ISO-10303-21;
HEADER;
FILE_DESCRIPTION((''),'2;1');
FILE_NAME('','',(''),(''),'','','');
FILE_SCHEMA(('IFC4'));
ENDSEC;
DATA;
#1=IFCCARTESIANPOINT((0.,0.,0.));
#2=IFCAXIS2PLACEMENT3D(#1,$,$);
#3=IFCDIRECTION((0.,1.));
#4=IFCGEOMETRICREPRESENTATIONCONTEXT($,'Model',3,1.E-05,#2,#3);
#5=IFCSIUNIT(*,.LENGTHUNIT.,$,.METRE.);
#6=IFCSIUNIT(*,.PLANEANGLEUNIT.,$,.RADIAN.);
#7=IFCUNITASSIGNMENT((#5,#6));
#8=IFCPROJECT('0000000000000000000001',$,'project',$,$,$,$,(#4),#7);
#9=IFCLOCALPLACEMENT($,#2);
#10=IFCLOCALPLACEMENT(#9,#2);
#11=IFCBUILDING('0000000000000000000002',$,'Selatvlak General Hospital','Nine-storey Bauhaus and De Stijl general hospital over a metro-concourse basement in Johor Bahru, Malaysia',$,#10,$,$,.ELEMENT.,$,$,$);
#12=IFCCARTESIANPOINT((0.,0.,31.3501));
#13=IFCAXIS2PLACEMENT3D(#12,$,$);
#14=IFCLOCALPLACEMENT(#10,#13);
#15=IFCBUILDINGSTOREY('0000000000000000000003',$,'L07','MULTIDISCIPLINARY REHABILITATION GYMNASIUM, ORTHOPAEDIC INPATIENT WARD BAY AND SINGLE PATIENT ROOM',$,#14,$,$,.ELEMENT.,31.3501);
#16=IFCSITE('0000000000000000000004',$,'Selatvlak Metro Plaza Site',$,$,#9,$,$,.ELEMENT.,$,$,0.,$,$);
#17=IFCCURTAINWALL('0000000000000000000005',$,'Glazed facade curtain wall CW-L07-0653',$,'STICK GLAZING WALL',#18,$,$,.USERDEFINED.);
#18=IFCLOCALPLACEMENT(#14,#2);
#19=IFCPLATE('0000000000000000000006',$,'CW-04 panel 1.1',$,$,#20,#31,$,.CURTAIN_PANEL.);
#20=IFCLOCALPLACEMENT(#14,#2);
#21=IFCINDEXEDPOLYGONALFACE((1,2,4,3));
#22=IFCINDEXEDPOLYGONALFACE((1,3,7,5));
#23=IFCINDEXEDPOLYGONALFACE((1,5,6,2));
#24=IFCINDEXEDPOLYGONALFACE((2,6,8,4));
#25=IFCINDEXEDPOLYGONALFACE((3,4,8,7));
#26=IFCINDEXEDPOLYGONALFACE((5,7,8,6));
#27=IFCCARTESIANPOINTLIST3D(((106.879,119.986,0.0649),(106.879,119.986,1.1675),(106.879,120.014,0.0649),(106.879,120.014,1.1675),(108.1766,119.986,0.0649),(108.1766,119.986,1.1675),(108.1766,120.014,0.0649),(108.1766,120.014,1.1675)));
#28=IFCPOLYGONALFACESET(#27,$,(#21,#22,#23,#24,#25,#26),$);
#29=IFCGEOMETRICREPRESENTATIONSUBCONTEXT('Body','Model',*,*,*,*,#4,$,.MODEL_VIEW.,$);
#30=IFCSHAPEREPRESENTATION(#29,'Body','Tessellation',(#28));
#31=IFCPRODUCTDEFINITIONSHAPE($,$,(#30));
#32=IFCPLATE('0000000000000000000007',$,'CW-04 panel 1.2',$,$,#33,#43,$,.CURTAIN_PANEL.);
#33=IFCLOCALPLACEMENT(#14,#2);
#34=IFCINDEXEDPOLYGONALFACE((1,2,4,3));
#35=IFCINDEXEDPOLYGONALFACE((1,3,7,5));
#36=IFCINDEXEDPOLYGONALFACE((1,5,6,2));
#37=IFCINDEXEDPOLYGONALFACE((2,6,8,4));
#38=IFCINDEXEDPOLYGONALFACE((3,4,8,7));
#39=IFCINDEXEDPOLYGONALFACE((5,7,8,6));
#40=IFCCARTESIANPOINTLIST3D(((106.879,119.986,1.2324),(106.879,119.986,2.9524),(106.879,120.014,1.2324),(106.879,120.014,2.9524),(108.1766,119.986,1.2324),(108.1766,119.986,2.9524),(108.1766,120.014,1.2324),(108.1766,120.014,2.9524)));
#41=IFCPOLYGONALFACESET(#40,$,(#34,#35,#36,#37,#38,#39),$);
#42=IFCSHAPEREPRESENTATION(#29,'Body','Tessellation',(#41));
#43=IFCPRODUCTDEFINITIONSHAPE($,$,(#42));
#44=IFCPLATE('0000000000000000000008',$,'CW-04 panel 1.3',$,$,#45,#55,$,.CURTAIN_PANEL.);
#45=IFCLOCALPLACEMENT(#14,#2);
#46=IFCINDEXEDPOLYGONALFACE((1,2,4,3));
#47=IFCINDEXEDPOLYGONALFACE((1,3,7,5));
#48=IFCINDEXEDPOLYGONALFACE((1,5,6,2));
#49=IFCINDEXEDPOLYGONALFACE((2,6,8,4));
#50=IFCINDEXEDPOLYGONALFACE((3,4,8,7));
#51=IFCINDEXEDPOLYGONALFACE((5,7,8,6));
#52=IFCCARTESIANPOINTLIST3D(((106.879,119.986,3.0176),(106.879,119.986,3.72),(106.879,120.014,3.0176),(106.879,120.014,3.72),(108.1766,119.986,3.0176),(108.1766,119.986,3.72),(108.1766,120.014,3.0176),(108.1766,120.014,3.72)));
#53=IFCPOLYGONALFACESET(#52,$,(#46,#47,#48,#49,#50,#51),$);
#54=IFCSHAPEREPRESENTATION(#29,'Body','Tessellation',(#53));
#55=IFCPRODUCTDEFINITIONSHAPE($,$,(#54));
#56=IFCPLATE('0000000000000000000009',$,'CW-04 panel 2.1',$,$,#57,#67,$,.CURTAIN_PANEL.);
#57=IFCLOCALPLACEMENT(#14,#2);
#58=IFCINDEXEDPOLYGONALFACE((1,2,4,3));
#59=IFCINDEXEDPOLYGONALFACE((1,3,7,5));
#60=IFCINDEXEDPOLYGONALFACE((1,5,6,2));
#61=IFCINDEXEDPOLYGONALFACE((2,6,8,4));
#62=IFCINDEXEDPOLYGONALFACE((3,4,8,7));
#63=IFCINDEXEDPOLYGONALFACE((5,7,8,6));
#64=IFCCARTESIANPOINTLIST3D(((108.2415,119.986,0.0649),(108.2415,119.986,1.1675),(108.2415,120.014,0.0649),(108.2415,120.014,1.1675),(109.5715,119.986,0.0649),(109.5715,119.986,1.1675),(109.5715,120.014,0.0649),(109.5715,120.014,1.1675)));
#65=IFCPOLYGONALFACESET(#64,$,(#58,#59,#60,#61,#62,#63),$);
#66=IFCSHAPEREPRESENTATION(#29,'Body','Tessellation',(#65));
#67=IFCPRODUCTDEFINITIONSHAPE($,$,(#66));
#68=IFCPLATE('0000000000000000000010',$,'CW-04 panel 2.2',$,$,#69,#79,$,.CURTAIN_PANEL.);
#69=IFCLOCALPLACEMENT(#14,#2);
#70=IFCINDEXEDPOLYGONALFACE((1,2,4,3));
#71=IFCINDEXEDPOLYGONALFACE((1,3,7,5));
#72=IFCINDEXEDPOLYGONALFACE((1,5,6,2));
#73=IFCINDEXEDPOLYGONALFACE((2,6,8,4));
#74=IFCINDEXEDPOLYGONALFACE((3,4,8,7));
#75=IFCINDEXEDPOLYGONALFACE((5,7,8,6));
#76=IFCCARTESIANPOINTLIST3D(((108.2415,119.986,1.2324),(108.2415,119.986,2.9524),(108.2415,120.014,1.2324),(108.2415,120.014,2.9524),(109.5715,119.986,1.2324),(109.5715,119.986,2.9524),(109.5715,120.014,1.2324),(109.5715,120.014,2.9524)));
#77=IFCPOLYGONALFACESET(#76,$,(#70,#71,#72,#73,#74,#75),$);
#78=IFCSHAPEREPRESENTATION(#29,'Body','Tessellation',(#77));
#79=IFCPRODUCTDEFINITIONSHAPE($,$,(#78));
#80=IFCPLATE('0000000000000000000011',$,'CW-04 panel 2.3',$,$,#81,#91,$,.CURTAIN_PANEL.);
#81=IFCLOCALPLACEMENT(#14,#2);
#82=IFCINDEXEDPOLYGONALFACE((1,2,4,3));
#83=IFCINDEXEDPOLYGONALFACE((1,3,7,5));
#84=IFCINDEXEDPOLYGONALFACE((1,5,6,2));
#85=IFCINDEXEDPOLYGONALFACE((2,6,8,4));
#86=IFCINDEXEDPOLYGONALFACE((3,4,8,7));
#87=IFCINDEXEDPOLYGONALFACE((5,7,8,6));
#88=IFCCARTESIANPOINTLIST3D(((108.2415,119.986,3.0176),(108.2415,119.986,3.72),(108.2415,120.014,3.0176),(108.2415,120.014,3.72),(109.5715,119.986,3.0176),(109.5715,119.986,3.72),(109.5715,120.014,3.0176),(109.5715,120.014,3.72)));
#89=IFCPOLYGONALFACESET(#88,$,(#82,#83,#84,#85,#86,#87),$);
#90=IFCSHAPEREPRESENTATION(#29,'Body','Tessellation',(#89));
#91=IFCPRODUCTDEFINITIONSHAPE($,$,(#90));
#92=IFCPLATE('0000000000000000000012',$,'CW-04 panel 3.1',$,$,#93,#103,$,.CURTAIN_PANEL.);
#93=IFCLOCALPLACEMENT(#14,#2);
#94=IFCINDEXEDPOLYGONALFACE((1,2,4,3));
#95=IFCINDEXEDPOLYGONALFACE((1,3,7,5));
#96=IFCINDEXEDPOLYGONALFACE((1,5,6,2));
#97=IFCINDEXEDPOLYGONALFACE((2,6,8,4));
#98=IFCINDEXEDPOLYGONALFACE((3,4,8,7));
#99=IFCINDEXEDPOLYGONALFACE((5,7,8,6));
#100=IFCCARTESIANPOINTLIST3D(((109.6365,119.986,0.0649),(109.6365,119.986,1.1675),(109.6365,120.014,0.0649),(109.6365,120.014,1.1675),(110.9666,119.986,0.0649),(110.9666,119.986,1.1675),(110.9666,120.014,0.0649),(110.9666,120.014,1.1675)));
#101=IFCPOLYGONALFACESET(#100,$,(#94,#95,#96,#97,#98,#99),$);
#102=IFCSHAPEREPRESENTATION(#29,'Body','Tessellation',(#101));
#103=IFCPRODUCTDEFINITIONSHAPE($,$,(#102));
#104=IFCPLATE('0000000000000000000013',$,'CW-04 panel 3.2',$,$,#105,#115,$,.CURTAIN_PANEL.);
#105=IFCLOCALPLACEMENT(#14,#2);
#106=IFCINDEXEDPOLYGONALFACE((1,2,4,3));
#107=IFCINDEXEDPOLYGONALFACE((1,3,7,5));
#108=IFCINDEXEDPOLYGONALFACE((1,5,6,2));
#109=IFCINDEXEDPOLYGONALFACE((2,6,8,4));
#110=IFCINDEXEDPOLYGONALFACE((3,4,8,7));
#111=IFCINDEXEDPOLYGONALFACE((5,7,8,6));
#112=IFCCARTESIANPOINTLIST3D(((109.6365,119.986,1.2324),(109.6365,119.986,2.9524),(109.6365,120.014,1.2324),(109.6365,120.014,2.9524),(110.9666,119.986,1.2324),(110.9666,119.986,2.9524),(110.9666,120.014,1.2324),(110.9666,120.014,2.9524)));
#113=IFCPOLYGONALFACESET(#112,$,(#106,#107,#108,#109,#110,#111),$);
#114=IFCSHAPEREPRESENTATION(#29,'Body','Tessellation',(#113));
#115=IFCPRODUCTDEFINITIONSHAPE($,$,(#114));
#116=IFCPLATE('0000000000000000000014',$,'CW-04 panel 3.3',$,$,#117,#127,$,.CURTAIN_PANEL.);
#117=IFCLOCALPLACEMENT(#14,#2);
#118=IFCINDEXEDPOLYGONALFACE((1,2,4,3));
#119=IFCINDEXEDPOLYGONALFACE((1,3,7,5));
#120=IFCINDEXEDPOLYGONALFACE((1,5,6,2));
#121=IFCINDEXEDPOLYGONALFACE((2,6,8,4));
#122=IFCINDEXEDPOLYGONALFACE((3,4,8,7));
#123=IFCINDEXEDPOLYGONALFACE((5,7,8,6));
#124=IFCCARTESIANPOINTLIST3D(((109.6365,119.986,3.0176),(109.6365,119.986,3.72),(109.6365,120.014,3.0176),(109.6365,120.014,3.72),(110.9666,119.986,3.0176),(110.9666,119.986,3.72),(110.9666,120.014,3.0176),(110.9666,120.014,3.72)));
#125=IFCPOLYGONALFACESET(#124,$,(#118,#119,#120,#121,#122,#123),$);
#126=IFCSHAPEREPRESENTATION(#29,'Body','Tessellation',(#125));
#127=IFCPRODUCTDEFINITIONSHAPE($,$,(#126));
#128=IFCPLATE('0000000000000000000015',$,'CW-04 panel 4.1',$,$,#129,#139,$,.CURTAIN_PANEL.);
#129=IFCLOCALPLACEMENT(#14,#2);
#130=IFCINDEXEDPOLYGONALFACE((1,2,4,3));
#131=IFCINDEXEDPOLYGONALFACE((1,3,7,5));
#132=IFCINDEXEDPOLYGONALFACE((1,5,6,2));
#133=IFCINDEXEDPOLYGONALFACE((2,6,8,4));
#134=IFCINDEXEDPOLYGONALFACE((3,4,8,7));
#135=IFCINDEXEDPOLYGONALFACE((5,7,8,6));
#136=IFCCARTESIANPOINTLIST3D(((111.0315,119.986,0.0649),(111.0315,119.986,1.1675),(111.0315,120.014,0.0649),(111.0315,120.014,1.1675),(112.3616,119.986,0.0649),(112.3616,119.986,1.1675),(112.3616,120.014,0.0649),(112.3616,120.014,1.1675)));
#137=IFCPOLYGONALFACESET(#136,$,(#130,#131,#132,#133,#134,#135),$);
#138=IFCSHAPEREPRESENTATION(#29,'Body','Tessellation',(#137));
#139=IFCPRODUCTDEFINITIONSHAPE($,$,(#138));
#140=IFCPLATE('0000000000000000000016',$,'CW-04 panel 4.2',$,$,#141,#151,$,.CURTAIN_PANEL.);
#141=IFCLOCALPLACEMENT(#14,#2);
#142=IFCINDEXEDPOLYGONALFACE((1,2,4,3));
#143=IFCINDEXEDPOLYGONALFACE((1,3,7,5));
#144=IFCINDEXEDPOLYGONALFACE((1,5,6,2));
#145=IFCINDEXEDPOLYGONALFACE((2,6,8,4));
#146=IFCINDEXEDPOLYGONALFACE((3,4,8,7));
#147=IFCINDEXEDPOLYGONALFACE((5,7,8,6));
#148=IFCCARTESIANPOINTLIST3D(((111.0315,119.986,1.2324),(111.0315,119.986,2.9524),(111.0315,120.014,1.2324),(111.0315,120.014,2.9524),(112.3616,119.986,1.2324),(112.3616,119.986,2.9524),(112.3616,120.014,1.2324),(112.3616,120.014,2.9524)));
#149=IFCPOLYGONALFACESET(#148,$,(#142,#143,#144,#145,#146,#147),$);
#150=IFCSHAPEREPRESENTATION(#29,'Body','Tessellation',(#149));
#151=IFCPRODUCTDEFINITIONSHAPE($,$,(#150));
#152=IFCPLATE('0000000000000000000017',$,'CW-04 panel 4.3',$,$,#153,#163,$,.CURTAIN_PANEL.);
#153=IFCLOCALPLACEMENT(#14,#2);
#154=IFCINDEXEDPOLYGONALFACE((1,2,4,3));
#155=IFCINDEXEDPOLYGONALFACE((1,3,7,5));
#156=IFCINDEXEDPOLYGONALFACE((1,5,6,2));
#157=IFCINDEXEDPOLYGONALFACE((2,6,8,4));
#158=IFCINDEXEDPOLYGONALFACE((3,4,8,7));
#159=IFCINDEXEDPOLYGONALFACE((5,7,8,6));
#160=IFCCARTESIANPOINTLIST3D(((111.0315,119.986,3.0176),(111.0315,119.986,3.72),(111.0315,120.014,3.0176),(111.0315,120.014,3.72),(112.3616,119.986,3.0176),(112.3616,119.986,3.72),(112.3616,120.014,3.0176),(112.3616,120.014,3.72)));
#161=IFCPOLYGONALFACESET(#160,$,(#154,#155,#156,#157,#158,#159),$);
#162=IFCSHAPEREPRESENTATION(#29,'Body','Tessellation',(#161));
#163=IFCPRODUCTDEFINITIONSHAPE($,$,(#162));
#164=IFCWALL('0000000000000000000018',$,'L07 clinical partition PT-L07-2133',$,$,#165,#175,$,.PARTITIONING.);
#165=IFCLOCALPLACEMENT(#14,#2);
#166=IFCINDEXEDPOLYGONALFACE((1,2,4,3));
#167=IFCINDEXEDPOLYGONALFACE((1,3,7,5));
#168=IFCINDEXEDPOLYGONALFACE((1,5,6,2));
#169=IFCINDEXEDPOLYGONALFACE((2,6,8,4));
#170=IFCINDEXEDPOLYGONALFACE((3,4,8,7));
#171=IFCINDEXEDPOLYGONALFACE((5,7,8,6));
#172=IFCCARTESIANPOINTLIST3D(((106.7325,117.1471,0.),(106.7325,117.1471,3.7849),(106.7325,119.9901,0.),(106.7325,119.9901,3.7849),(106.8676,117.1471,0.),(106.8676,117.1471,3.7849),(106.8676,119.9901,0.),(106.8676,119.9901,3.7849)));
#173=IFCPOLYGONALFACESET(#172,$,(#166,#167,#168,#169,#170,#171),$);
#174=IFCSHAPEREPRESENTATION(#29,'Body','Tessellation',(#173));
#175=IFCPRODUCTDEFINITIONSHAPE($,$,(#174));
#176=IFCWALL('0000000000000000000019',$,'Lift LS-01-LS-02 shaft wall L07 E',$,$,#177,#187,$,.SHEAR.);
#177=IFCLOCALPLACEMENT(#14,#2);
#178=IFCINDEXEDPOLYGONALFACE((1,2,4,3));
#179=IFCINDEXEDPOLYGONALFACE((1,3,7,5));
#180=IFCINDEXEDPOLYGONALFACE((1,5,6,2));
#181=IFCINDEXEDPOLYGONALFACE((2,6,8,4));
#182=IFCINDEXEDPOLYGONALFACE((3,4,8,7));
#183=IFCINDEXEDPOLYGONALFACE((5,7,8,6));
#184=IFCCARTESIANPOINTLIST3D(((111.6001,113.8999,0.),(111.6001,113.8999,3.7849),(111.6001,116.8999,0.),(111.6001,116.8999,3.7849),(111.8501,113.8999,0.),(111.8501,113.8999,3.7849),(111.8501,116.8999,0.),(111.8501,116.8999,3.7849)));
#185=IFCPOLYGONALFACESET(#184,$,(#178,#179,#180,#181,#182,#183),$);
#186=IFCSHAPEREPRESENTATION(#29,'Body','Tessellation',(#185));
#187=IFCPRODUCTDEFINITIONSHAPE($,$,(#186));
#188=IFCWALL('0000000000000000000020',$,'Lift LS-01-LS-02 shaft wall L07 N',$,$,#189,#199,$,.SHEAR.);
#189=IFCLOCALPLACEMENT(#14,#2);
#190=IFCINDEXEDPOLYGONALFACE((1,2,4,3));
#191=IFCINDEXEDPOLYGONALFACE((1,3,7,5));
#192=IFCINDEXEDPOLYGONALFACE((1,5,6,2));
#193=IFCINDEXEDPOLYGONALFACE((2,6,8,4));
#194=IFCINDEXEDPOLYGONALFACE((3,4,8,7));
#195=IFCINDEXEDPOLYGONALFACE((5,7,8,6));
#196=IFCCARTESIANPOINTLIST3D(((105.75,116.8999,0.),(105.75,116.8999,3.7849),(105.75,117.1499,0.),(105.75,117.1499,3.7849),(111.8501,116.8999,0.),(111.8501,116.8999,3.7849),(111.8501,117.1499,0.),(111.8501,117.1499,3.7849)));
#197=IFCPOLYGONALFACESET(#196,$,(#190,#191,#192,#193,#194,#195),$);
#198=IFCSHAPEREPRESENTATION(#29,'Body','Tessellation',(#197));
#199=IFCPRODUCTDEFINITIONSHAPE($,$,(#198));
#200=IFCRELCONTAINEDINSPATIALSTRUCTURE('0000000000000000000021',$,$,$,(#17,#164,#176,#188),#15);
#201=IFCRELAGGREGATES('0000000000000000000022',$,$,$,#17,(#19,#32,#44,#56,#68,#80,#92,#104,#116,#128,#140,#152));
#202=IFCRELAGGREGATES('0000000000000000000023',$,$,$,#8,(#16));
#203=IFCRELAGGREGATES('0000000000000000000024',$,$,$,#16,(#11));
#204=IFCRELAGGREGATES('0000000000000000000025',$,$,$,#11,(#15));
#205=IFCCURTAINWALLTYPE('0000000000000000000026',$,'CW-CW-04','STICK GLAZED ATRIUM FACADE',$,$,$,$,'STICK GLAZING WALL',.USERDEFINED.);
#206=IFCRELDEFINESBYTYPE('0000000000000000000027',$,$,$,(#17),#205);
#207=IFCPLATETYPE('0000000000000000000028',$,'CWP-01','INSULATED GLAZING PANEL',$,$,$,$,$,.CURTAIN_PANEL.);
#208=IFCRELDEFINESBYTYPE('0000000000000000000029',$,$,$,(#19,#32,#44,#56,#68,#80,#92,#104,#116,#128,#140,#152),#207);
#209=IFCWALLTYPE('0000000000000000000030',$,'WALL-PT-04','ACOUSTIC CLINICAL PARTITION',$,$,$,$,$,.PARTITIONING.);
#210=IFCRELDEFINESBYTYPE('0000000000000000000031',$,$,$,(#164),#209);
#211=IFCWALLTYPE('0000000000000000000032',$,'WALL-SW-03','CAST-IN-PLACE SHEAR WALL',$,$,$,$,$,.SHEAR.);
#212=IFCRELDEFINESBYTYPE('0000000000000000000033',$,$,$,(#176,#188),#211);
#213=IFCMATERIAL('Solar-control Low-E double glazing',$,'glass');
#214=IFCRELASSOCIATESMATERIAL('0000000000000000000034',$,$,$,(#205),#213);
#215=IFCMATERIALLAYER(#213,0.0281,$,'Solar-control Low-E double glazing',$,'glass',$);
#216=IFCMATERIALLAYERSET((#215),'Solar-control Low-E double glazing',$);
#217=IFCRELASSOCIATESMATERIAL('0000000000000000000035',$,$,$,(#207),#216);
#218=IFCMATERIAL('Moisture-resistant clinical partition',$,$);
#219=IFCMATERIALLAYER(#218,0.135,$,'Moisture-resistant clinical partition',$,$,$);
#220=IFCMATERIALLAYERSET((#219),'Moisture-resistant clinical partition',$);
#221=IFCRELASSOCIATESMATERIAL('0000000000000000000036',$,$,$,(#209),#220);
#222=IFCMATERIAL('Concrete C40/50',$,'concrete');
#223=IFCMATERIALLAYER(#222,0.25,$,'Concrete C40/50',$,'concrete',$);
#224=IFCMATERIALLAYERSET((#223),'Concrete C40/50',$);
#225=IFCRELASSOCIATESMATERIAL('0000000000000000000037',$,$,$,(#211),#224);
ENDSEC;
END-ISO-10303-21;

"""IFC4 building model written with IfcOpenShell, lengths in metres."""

from ifc_helpers import new_model, si_unit, direction, frame, frame_2d, origin, origin_2d, place, context, subcontext, project, spatial, rectangle, extrude, material, layer, layer_set, type_object, element, aggregate, save


model = new_model("IFC4")

# Units and contexts
model_context = context("Model", 3, precision=1e-05, world=origin(), true_north=direction((0.0, 1.0)))
body_context = subcontext(model_context, "Body", "Model", "MODEL_VIEW")
ifc_project = project(units=[si_unit("LENGTHUNIT", "METRE"), si_unit("PLANEANGLEUNIT", "RADIAN")], contexts=[model_context])

# Site, building, storey
site_placement = place(None, origin())
site = spatial("IfcSite", under=ifc_project, at=site_placement, Name="Selatvlak Metro Plaza Site", CompositionType="ELEMENT", RefElevation=0.0)
building_placement = place(site_placement, origin())
building = spatial("IfcBuilding", under=site, at=building_placement, Name="Selatvlak General Hospital", Description="Nine-storey Bauhaus and De Stijl general hospital over a metro-concourse basement in Johor Bahru, Malaysia", CompositionType="ELEMENT")
storey_placement = place(building_placement, frame((0.0, 0.0, 31.3501)))
storey = spatial("IfcBuildingStorey", under=building, at=storey_placement, Name="L07", Description="MULTIDISCIPLINARY REHABILITATION GYMNASIUM, ORTHOPAEDIC INPATIENT WARD BAY AND SINGLE PATIENT ROOM", CompositionType="ELEMENT", Elevation=31.3501)

# Shared definitions
ifc_material_1 = material(Name="Concrete C40/50", Category="concrete")

# Shared definitions
ifc_material_2 = material(Name="Solar-control Low-E double glazing", Category="glass")

# Curtain wall, plates
curtain_wall_type_1 = type_object("IfcCurtainWallType", Name="CW-CW-04", Description="STICK GLAZED ATRIUM FACADE", ElementType="STICK GLAZING WALL", PredefinedType="USERDEFINED", material=ifc_material_2)
curtain_wall_1_placement = place(storey_placement, origin())
curtain_wall_1 = element("IfcCurtainWall", 1, at=curtain_wall_1_placement, inside=storey, type_object=curtain_wall_type_1, Name="Glazed facade curtain wall CW-L07-0653", ObjectType="STICK GLAZING WALL", PredefinedType="USERDEFINED")
ifc_layer_1 = layer(ifc_material_2, 0.0281, Name="Solar-control Low-E double glazing", Category="glass")
ifc_layer_set_1 = layer_set([ifc_layer_1], Name="Solar-control Low-E double glazing")
plate_type = type_object("IfcPlateType", Name="CWP-01", Description="INSULATED GLAZING PANEL", PredefinedType="CURTAIN_PANEL", material=ifc_layer_set_1)
plate_1_placement = place(storey_placement, frame((107.5278, 120.0, 0.0649), z_axis=(0.0, 0.0, 1.0), x_axis=(1.0, 0.0, 0.0)))
plate_1 = element("IfcPlate", 2, at=plate_1_placement, type_object=plate_type, Name="CW-04 panel 1.1", PredefinedType="CURTAIN_PANEL", context=body_context, shape_type="SweptSolid", body=[
    extrude(rectangle(XDim=1.2976, YDim=0.0281, at=origin_2d()), origin(), (0.0, 0.0, 1.0), 1.1025),
])
plate_2_placement = place(storey_placement, frame((107.5278, 120.0, 1.2324), z_axis=(0.0, 0.0, 1.0), x_axis=(1.0, 0.0, 0.0)))
plate_2 = element("IfcPlate", 3, at=plate_2_placement, type_object=plate_type, Name="CW-04 panel 1.2", PredefinedType="CURTAIN_PANEL", context=body_context, shape_type="SweptSolid", body=[
    extrude(rectangle(XDim=1.2976, YDim=0.0281, at=origin_2d()), origin(), (0.0, 0.0, 1.0), 1.72),
])
plate_3_placement = place(storey_placement, frame((107.5278, 120.0, 3.0176), z_axis=(0.0, 0.0, 1.0), x_axis=(1.0, 0.0, 0.0)))
plate_3 = element("IfcPlate", 4, at=plate_3_placement, type_object=plate_type, Name="CW-04 panel 1.3", PredefinedType="CURTAIN_PANEL", context=body_context, shape_type="SweptSolid", body=[
    extrude(rectangle(XDim=1.2976, YDim=0.0281, at=origin_2d()), origin(), (0.0, 0.0, 1.0), 0.7024),
])
plate_4_placement = place(storey_placement, frame((108.9065, 120.0, 0.0649), z_axis=(0.0, 0.0, 1.0), x_axis=(1.0, 0.0, 0.0)))
plate_4 = element("IfcPlate", 5, at=plate_4_placement, type_object=plate_type, Name="CW-04 panel 2.1", PredefinedType="CURTAIN_PANEL", context=body_context, shape_type="SweptSolid", body=[
    extrude(rectangle(XDim=1.3301, YDim=0.0281, at=origin_2d()), origin(), (0.0, 0.0, 1.0), 1.1025),
])
plate_5_placement = place(storey_placement, frame((108.9065, 120.0, 1.2324), z_axis=(0.0, 0.0, 1.0), x_axis=(1.0, 0.0, 0.0)))
plate_5 = element("IfcPlate", 6, at=plate_5_placement, type_object=plate_type, Name="CW-04 panel 2.2", PredefinedType="CURTAIN_PANEL", context=body_context, shape_type="SweptSolid", body=[
    extrude(rectangle(XDim=1.3301, YDim=0.0281, at=origin_2d()), origin(), (0.0, 0.0, 1.0), 1.72),
])
plate_6_placement = place(storey_placement, frame((108.9065, 120.0, 3.0176), z_axis=(0.0, 0.0, 1.0), x_axis=(1.0, 0.0, 0.0)))
plate_6 = element("IfcPlate", 7, at=plate_6_placement, type_object=plate_type, Name="CW-04 panel 2.3", PredefinedType="CURTAIN_PANEL", context=body_context, shape_type="SweptSolid", body=[
    extrude(rectangle(XDim=1.3301, YDim=0.0281, at=origin_2d()), origin(), (0.0, 0.0, 1.0), 0.7024),
])
plate_7_placement = place(storey_placement, frame((110.3015, 120.0, 0.0649), z_axis=(0.0, 0.0, 1.0), x_axis=(1.0, 0.0, 0.0)))
plate_7 = element("IfcPlate", 8, at=plate_7_placement, type_object=plate_type, Name="CW-04 panel 3.1", PredefinedType="CURTAIN_PANEL", context=body_context, shape_type="SweptSolid", body=[
    extrude(rectangle(XDim=1.3301, YDim=0.0281, at=origin_2d()), origin(), (0.0, 0.0, 1.0), 1.1025),
])
plate_8_placement = place(storey_placement, frame((110.3015, 120.0, 1.2324), z_axis=(0.0, 0.0, 1.0), x_axis=(1.0, 0.0, 0.0)))
plate_8 = element("IfcPlate", 9, at=plate_8_placement, type_object=plate_type, Name="CW-04 panel 3.2", PredefinedType="CURTAIN_PANEL", context=body_context, shape_type="SweptSolid", body=[
    extrude(rectangle(XDim=1.3301, YDim=0.0281, at=origin_2d()), origin(), (0.0, 0.0, 1.0), 1.72),
])
plate_9_placement = place(storey_placement, frame((110.3015, 120.0, 3.0176), z_axis=(0.0, 0.0, 1.0), x_axis=(1.0, 0.0, 0.0)))
plate_9 = element("IfcPlate", 10, at=plate_9_placement, type_object=plate_type, Name="CW-04 panel 3.3", PredefinedType="CURTAIN_PANEL", context=body_context, shape_type="SweptSolid", body=[
    extrude(rectangle(XDim=1.3301, YDim=0.0281, at=origin_2d()), origin(), (0.0, 0.0, 1.0), 0.7024),
])
plate_10_placement = place(storey_placement, frame((111.6965, 120.0, 0.0649), z_axis=(0.0, 0.0, 1.0), x_axis=(1.0, 0.0, 0.0)))
plate_10 = element("IfcPlate", 11, at=plate_10_placement, type_object=plate_type, Name="CW-04 panel 4.1", PredefinedType="CURTAIN_PANEL", context=body_context, shape_type="SweptSolid", body=[
    extrude(rectangle(XDim=1.3301, YDim=0.0281, at=origin_2d()), origin(), (0.0, 0.0, 1.0), 1.1025),
])
plate_11_placement = place(storey_placement, frame((111.6965, 120.0, 1.2324), z_axis=(0.0, 0.0, 1.0), x_axis=(1.0, 0.0, 0.0)))
plate_11 = element("IfcPlate", 12, at=plate_11_placement, type_object=plate_type, Name="CW-04 panel 4.2", PredefinedType="CURTAIN_PANEL", context=body_context, shape_type="SweptSolid", body=[
    extrude(rectangle(XDim=1.3301, YDim=0.0281, at=origin_2d()), origin(), (0.0, 0.0, 1.0), 1.72),
])
plate_12_placement = place(storey_placement, frame((111.6965, 120.0, 3.0176), z_axis=(0.0, 0.0, 1.0), x_axis=(1.0, 0.0, 0.0)))
plate_12 = element("IfcPlate", 13, at=plate_12_placement, type_object=plate_type, Name="CW-04 panel 4.3", PredefinedType="CURTAIN_PANEL", context=body_context, shape_type="SweptSolid", body=[
    extrude(rectangle(XDim=1.3301, YDim=0.0281, at=origin_2d()), origin(), (0.0, 0.0, 1.0), 0.7024),
])
aggregate(curtain_wall_1, [plate_1, plate_2, plate_3, plate_4, plate_5, plate_6, plate_7, plate_8, plate_9, plate_10, plate_11, plate_12])

# Walls
ifc_material_3 = material(Name="Moisture-resistant clinical partition")
ifc_layer_2 = layer(ifc_material_3, 0.135, Name="Moisture-resistant clinical partition")
ifc_layer_set_2 = layer_set([ifc_layer_2], Name="Moisture-resistant clinical partition")
wall_type_1 = type_object("IfcWallType", Name="WALL-PT-04", Description="ACOUSTIC CLINICAL PARTITION", PredefinedType="PARTITIONING", material=ifc_layer_set_2)
wall_1_placement = place(storey_placement, frame((106.8, 119.99, 0.0), z_axis=(0.0, 0.0, 1.0), x_axis=(0.0, -1.0, 0.0)))
element("IfcWall", 14, at=wall_1_placement, inside=storey, type_object=wall_type_1, Name="L07 clinical partition PT-L07-2133", PredefinedType="PARTITIONING", context=body_context, shape_type="SweptSolid", body=[
    extrude(rectangle(XDim=2.843, YDim=0.135, at=frame_2d((1.4214, 0.0))), origin(), (0.0, 0.0, 1.0), 3.7849),
])
ifc_layer_3 = layer(ifc_material_1, 0.25, Name="Concrete C40/50", Category="concrete")
ifc_layer_set_3 = layer_set([ifc_layer_3], Name="Concrete C40/50")
wall_type_2 = type_object("IfcWallType", Name="WALL-SW-03", Description="CAST-IN-PLACE SHEAR WALL", PredefinedType="SHEAR", material=ifc_layer_set_3)
wall_2_placement = place(storey_placement, frame((111.7251, 113.8999, 0.0), z_axis=(0.0, 0.0, 1.0), x_axis=(0.0, 1.0, 0.0)))
element("IfcWall", 15, at=wall_2_placement, inside=storey, type_object=wall_type_2, Name="Lift LS-01-LS-02 shaft wall L07 E", PredefinedType="SHEAR", context=body_context, shape_type="SweptSolid", body=[
    extrude(rectangle(XDim=3.0, YDim=0.25, at=frame_2d((1.5, 0.0))), origin(), (0.0, 0.0, 1.0), 3.7849),
])
wall_3_placement = place(storey_placement, frame((111.8501, 117.0249, 0.0), z_axis=(0.0, 0.0, 1.0), x_axis=(-1.0, 0.0, 0.0)))
element("IfcWall", 16, at=wall_3_placement, inside=storey, type_object=wall_type_2, Name="Lift LS-01-LS-02 shaft wall L07 N", PredefinedType="SHEAR", context=body_context, shape_type="SweptSolid", body=[
    extrude(rectangle(XDim=6.1001, YDim=0.25, at=frame_2d((3.05, 0.0))), origin(), (0.0, 0.0, 1.0), 3.7849),
])

save(model, "model.ifc")
